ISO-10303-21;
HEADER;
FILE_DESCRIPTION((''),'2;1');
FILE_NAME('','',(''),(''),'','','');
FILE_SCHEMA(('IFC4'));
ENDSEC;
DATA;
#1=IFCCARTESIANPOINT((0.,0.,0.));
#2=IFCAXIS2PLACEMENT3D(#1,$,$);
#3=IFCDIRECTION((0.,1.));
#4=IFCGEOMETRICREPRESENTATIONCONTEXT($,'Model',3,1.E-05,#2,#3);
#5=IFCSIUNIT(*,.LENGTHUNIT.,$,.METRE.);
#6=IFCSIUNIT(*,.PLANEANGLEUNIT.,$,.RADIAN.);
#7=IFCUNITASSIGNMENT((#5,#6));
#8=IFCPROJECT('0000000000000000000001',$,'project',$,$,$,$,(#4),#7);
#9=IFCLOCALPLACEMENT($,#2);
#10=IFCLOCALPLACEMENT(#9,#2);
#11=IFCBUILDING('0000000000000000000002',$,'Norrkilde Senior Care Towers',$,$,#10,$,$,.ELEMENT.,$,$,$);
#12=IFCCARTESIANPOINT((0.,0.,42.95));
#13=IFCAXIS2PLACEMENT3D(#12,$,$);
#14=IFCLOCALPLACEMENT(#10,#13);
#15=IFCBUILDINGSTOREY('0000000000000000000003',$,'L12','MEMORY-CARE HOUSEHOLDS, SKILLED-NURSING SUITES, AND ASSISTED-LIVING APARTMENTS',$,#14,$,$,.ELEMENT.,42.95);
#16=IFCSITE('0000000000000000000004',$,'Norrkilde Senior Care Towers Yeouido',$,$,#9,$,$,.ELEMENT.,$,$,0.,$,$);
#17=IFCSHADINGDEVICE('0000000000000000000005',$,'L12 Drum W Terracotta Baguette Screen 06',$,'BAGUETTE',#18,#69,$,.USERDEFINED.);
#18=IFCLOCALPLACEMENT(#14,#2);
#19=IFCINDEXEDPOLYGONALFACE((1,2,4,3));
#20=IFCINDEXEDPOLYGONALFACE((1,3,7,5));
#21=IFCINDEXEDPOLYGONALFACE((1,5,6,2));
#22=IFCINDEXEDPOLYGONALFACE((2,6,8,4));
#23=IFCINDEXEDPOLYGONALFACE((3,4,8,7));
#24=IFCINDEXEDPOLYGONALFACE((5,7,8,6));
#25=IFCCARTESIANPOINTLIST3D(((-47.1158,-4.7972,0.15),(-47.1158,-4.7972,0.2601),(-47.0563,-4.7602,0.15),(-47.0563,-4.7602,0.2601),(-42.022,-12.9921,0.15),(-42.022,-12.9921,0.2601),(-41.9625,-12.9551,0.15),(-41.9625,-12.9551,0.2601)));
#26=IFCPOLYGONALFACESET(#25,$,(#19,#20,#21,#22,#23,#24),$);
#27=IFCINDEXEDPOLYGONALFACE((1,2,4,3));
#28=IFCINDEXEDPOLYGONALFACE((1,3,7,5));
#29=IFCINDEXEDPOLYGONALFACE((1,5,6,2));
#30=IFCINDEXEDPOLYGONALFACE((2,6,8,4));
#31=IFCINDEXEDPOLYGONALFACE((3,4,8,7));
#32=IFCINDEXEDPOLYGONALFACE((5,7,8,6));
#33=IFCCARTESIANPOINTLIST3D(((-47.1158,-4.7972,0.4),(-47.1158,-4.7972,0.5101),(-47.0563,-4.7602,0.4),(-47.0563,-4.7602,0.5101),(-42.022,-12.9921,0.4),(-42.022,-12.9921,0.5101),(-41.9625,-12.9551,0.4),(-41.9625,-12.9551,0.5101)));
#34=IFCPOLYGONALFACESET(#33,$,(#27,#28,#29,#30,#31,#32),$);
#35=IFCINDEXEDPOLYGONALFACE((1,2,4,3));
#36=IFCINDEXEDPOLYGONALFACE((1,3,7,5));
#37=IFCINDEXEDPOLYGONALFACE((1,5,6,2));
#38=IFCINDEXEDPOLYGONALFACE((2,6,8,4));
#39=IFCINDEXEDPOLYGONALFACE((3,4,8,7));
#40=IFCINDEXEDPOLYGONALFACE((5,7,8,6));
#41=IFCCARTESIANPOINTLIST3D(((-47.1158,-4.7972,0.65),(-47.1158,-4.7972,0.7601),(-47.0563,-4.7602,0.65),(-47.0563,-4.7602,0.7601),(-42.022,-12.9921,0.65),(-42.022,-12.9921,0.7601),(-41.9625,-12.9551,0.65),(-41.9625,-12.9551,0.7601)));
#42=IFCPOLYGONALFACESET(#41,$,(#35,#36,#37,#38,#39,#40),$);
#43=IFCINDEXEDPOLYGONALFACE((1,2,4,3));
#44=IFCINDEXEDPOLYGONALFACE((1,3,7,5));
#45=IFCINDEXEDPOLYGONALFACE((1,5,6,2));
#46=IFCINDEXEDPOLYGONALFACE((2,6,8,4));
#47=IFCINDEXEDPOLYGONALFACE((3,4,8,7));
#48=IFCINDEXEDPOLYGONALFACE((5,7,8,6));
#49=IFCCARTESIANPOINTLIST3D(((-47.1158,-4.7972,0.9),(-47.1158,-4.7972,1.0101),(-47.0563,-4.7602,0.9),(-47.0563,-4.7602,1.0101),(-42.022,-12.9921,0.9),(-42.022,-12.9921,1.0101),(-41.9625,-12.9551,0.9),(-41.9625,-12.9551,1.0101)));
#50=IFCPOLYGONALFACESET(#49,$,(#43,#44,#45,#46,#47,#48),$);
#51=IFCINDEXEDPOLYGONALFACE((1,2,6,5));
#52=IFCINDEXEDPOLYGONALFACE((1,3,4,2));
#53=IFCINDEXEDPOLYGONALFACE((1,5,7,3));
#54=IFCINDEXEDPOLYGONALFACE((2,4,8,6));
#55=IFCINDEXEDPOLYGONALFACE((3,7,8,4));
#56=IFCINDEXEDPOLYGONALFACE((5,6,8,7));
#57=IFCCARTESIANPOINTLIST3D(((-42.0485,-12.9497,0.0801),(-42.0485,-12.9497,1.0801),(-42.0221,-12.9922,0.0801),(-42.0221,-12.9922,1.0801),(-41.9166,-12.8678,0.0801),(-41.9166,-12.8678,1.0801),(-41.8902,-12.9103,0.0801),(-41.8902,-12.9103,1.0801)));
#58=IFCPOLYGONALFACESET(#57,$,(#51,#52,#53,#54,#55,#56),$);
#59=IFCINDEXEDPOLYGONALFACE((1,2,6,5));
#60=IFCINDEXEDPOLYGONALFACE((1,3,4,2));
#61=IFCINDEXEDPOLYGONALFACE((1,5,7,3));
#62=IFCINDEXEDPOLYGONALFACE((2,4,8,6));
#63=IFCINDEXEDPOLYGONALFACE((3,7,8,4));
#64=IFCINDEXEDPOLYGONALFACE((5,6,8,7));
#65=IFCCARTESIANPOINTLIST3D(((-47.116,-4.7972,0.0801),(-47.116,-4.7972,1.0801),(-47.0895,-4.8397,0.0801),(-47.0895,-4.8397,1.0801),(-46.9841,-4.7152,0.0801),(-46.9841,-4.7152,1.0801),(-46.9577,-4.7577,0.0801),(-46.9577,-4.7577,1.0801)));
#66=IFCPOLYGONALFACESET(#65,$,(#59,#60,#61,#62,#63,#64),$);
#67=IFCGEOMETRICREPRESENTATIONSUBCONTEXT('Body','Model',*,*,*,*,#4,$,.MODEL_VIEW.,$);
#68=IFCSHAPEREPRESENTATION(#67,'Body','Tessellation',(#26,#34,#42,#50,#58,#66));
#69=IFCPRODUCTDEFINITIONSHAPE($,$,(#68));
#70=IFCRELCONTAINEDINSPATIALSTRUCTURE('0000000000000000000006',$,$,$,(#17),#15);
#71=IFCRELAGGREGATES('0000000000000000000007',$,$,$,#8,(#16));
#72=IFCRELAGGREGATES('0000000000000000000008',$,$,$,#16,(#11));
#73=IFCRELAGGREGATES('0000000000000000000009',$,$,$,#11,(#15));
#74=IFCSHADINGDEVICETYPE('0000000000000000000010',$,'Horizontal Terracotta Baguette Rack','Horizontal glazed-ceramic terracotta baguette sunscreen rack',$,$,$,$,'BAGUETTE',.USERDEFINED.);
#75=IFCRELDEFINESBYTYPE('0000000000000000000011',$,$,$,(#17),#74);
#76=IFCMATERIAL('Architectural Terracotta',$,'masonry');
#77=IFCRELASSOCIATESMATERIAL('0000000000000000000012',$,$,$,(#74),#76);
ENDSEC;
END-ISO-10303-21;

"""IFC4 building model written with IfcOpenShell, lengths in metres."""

from ifc_helpers import new_model, si_unit, direction, frame, origin, origin_2d, place, context, subcontext, project, spatial, rectangle, extrude, source, transform, mapped, material, type_object, type_shapes, element, save


model = new_model("IFC4")

# Units and contexts
model_context = context("Model", 3, precision=1e-05, world=origin(), true_north=direction((0.0, 1.0)))
body_context = subcontext(model_context, "Body", "Model", "MODEL_VIEW")
ifc_project = project(units=[si_unit("LENGTHUNIT", "METRE"), si_unit("PLANEANGLEUNIT", "RADIAN")], contexts=[model_context])

# Site, building, storey
site_placement = place(None, origin())
site = spatial("IfcSite", under=ifc_project, at=site_placement, Name="Norrkilde Senior Care Towers Yeouido", CompositionType="ELEMENT", RefElevation=0.0)
building_placement = place(site_placement, origin())
building = spatial("IfcBuilding", under=site, at=building_placement, Name="Norrkilde Senior Care Towers", CompositionType="ELEMENT")
storey_placement = place(building_placement, frame((0.0, 0.0, 42.95)))
storey = spatial("IfcBuildingStorey", under=building, at=storey_placement, Name="L12", Description="MEMORY-CARE HOUSEHOLDS, SKILLED-NURSING SUITES, AND ASSISTED-LIVING APARTMENTS", CompositionType="ELEMENT", Elevation=42.95)

# Shading device
ifc_material_1 = material(Name="Architectural Terracotta", Category="masonry")
shading_device_type = type_object("IfcShadingDeviceType", Name="Horizontal Terracotta Baguette Rack", Description="Horizontal glazed-ceramic terracotta baguette sunscreen rack", ElementType="BAGUETTE", PredefinedType="USERDEFINED", material=ifc_material_1)
shared_shape_1 = source(origin(), body_context, "Body", "SweptSolid", [
    extrude(rectangle(XDim=0.0701, YDim=0.1101, at=origin_2d()), frame((0.0, 0.0901, 0.125), z_axis=(1.0, 0.0, 0.0), x_axis=(0.0, 1.0, 0.0)), (0.0, 0.0, 1.0), 9.6489),
    extrude(rectangle(XDim=0.0701, YDim=0.1101, at=origin_2d()), frame((0.0, 0.0901, 0.375), z_axis=(1.0, 0.0, 0.0), x_axis=(0.0, 1.0, 0.0)), (0.0, 0.0, 1.0), 9.6489),
    extrude(rectangle(XDim=0.0701, YDim=0.1101, at=origin_2d()), frame((0.0, 0.0901, 0.625), z_axis=(1.0, 0.0, 0.0), x_axis=(0.0, 1.0, 0.0)), (0.0, 0.0, 1.0), 9.6489),
    extrude(rectangle(XDim=0.0701, YDim=0.1101, at=origin_2d()), frame((0.0, 0.0901, 0.875), z_axis=(1.0, 0.0, 0.0), x_axis=(0.0, 1.0, 0.0)), (0.0, 0.0, 1.0), 9.6489),
    extrude(rectangle(XDim=0.05, YDim=0.1553, at=origin_2d()), frame((0.0249, 0.0476, 0.0)), (0.0, 0.0, 1.0), 1.0),
    extrude(rectangle(XDim=0.05, YDim=0.1553, at=origin_2d()), frame((9.624, 0.0476, 0.0)), (0.0, 0.0, 1.0), 1.0),
])
type_shapes(shading_device_type, [shared_shape_1])
shading_device_placement = place(storey_placement, frame((-41.9158, -12.926, 0.0801), z_axis=(0.0, 0.0, 1.0), x_axis=(-0.527909, 0.849299, 0.0)))
element("IfcShadingDevice", 1, at=shading_device_placement, inside=storey, type_object=shading_device_type, Name="L12 Drum W Terracotta Baguette Screen 06", ObjectType="BAGUETTE", PredefinedType="USERDEFINED", context=body_context, shape_type="MappedRepresentation", body=[
    mapped(shared_shape_1, transform((0.0, 0.0, 0.0), x_axis=(1.0, 0.0, 0.0), y_axis=(0.0, 1.0, 0.0), z_axis=(0.0, 0.0, 1.0), scale=1.0)),
])

save(model, "model.ifc")
